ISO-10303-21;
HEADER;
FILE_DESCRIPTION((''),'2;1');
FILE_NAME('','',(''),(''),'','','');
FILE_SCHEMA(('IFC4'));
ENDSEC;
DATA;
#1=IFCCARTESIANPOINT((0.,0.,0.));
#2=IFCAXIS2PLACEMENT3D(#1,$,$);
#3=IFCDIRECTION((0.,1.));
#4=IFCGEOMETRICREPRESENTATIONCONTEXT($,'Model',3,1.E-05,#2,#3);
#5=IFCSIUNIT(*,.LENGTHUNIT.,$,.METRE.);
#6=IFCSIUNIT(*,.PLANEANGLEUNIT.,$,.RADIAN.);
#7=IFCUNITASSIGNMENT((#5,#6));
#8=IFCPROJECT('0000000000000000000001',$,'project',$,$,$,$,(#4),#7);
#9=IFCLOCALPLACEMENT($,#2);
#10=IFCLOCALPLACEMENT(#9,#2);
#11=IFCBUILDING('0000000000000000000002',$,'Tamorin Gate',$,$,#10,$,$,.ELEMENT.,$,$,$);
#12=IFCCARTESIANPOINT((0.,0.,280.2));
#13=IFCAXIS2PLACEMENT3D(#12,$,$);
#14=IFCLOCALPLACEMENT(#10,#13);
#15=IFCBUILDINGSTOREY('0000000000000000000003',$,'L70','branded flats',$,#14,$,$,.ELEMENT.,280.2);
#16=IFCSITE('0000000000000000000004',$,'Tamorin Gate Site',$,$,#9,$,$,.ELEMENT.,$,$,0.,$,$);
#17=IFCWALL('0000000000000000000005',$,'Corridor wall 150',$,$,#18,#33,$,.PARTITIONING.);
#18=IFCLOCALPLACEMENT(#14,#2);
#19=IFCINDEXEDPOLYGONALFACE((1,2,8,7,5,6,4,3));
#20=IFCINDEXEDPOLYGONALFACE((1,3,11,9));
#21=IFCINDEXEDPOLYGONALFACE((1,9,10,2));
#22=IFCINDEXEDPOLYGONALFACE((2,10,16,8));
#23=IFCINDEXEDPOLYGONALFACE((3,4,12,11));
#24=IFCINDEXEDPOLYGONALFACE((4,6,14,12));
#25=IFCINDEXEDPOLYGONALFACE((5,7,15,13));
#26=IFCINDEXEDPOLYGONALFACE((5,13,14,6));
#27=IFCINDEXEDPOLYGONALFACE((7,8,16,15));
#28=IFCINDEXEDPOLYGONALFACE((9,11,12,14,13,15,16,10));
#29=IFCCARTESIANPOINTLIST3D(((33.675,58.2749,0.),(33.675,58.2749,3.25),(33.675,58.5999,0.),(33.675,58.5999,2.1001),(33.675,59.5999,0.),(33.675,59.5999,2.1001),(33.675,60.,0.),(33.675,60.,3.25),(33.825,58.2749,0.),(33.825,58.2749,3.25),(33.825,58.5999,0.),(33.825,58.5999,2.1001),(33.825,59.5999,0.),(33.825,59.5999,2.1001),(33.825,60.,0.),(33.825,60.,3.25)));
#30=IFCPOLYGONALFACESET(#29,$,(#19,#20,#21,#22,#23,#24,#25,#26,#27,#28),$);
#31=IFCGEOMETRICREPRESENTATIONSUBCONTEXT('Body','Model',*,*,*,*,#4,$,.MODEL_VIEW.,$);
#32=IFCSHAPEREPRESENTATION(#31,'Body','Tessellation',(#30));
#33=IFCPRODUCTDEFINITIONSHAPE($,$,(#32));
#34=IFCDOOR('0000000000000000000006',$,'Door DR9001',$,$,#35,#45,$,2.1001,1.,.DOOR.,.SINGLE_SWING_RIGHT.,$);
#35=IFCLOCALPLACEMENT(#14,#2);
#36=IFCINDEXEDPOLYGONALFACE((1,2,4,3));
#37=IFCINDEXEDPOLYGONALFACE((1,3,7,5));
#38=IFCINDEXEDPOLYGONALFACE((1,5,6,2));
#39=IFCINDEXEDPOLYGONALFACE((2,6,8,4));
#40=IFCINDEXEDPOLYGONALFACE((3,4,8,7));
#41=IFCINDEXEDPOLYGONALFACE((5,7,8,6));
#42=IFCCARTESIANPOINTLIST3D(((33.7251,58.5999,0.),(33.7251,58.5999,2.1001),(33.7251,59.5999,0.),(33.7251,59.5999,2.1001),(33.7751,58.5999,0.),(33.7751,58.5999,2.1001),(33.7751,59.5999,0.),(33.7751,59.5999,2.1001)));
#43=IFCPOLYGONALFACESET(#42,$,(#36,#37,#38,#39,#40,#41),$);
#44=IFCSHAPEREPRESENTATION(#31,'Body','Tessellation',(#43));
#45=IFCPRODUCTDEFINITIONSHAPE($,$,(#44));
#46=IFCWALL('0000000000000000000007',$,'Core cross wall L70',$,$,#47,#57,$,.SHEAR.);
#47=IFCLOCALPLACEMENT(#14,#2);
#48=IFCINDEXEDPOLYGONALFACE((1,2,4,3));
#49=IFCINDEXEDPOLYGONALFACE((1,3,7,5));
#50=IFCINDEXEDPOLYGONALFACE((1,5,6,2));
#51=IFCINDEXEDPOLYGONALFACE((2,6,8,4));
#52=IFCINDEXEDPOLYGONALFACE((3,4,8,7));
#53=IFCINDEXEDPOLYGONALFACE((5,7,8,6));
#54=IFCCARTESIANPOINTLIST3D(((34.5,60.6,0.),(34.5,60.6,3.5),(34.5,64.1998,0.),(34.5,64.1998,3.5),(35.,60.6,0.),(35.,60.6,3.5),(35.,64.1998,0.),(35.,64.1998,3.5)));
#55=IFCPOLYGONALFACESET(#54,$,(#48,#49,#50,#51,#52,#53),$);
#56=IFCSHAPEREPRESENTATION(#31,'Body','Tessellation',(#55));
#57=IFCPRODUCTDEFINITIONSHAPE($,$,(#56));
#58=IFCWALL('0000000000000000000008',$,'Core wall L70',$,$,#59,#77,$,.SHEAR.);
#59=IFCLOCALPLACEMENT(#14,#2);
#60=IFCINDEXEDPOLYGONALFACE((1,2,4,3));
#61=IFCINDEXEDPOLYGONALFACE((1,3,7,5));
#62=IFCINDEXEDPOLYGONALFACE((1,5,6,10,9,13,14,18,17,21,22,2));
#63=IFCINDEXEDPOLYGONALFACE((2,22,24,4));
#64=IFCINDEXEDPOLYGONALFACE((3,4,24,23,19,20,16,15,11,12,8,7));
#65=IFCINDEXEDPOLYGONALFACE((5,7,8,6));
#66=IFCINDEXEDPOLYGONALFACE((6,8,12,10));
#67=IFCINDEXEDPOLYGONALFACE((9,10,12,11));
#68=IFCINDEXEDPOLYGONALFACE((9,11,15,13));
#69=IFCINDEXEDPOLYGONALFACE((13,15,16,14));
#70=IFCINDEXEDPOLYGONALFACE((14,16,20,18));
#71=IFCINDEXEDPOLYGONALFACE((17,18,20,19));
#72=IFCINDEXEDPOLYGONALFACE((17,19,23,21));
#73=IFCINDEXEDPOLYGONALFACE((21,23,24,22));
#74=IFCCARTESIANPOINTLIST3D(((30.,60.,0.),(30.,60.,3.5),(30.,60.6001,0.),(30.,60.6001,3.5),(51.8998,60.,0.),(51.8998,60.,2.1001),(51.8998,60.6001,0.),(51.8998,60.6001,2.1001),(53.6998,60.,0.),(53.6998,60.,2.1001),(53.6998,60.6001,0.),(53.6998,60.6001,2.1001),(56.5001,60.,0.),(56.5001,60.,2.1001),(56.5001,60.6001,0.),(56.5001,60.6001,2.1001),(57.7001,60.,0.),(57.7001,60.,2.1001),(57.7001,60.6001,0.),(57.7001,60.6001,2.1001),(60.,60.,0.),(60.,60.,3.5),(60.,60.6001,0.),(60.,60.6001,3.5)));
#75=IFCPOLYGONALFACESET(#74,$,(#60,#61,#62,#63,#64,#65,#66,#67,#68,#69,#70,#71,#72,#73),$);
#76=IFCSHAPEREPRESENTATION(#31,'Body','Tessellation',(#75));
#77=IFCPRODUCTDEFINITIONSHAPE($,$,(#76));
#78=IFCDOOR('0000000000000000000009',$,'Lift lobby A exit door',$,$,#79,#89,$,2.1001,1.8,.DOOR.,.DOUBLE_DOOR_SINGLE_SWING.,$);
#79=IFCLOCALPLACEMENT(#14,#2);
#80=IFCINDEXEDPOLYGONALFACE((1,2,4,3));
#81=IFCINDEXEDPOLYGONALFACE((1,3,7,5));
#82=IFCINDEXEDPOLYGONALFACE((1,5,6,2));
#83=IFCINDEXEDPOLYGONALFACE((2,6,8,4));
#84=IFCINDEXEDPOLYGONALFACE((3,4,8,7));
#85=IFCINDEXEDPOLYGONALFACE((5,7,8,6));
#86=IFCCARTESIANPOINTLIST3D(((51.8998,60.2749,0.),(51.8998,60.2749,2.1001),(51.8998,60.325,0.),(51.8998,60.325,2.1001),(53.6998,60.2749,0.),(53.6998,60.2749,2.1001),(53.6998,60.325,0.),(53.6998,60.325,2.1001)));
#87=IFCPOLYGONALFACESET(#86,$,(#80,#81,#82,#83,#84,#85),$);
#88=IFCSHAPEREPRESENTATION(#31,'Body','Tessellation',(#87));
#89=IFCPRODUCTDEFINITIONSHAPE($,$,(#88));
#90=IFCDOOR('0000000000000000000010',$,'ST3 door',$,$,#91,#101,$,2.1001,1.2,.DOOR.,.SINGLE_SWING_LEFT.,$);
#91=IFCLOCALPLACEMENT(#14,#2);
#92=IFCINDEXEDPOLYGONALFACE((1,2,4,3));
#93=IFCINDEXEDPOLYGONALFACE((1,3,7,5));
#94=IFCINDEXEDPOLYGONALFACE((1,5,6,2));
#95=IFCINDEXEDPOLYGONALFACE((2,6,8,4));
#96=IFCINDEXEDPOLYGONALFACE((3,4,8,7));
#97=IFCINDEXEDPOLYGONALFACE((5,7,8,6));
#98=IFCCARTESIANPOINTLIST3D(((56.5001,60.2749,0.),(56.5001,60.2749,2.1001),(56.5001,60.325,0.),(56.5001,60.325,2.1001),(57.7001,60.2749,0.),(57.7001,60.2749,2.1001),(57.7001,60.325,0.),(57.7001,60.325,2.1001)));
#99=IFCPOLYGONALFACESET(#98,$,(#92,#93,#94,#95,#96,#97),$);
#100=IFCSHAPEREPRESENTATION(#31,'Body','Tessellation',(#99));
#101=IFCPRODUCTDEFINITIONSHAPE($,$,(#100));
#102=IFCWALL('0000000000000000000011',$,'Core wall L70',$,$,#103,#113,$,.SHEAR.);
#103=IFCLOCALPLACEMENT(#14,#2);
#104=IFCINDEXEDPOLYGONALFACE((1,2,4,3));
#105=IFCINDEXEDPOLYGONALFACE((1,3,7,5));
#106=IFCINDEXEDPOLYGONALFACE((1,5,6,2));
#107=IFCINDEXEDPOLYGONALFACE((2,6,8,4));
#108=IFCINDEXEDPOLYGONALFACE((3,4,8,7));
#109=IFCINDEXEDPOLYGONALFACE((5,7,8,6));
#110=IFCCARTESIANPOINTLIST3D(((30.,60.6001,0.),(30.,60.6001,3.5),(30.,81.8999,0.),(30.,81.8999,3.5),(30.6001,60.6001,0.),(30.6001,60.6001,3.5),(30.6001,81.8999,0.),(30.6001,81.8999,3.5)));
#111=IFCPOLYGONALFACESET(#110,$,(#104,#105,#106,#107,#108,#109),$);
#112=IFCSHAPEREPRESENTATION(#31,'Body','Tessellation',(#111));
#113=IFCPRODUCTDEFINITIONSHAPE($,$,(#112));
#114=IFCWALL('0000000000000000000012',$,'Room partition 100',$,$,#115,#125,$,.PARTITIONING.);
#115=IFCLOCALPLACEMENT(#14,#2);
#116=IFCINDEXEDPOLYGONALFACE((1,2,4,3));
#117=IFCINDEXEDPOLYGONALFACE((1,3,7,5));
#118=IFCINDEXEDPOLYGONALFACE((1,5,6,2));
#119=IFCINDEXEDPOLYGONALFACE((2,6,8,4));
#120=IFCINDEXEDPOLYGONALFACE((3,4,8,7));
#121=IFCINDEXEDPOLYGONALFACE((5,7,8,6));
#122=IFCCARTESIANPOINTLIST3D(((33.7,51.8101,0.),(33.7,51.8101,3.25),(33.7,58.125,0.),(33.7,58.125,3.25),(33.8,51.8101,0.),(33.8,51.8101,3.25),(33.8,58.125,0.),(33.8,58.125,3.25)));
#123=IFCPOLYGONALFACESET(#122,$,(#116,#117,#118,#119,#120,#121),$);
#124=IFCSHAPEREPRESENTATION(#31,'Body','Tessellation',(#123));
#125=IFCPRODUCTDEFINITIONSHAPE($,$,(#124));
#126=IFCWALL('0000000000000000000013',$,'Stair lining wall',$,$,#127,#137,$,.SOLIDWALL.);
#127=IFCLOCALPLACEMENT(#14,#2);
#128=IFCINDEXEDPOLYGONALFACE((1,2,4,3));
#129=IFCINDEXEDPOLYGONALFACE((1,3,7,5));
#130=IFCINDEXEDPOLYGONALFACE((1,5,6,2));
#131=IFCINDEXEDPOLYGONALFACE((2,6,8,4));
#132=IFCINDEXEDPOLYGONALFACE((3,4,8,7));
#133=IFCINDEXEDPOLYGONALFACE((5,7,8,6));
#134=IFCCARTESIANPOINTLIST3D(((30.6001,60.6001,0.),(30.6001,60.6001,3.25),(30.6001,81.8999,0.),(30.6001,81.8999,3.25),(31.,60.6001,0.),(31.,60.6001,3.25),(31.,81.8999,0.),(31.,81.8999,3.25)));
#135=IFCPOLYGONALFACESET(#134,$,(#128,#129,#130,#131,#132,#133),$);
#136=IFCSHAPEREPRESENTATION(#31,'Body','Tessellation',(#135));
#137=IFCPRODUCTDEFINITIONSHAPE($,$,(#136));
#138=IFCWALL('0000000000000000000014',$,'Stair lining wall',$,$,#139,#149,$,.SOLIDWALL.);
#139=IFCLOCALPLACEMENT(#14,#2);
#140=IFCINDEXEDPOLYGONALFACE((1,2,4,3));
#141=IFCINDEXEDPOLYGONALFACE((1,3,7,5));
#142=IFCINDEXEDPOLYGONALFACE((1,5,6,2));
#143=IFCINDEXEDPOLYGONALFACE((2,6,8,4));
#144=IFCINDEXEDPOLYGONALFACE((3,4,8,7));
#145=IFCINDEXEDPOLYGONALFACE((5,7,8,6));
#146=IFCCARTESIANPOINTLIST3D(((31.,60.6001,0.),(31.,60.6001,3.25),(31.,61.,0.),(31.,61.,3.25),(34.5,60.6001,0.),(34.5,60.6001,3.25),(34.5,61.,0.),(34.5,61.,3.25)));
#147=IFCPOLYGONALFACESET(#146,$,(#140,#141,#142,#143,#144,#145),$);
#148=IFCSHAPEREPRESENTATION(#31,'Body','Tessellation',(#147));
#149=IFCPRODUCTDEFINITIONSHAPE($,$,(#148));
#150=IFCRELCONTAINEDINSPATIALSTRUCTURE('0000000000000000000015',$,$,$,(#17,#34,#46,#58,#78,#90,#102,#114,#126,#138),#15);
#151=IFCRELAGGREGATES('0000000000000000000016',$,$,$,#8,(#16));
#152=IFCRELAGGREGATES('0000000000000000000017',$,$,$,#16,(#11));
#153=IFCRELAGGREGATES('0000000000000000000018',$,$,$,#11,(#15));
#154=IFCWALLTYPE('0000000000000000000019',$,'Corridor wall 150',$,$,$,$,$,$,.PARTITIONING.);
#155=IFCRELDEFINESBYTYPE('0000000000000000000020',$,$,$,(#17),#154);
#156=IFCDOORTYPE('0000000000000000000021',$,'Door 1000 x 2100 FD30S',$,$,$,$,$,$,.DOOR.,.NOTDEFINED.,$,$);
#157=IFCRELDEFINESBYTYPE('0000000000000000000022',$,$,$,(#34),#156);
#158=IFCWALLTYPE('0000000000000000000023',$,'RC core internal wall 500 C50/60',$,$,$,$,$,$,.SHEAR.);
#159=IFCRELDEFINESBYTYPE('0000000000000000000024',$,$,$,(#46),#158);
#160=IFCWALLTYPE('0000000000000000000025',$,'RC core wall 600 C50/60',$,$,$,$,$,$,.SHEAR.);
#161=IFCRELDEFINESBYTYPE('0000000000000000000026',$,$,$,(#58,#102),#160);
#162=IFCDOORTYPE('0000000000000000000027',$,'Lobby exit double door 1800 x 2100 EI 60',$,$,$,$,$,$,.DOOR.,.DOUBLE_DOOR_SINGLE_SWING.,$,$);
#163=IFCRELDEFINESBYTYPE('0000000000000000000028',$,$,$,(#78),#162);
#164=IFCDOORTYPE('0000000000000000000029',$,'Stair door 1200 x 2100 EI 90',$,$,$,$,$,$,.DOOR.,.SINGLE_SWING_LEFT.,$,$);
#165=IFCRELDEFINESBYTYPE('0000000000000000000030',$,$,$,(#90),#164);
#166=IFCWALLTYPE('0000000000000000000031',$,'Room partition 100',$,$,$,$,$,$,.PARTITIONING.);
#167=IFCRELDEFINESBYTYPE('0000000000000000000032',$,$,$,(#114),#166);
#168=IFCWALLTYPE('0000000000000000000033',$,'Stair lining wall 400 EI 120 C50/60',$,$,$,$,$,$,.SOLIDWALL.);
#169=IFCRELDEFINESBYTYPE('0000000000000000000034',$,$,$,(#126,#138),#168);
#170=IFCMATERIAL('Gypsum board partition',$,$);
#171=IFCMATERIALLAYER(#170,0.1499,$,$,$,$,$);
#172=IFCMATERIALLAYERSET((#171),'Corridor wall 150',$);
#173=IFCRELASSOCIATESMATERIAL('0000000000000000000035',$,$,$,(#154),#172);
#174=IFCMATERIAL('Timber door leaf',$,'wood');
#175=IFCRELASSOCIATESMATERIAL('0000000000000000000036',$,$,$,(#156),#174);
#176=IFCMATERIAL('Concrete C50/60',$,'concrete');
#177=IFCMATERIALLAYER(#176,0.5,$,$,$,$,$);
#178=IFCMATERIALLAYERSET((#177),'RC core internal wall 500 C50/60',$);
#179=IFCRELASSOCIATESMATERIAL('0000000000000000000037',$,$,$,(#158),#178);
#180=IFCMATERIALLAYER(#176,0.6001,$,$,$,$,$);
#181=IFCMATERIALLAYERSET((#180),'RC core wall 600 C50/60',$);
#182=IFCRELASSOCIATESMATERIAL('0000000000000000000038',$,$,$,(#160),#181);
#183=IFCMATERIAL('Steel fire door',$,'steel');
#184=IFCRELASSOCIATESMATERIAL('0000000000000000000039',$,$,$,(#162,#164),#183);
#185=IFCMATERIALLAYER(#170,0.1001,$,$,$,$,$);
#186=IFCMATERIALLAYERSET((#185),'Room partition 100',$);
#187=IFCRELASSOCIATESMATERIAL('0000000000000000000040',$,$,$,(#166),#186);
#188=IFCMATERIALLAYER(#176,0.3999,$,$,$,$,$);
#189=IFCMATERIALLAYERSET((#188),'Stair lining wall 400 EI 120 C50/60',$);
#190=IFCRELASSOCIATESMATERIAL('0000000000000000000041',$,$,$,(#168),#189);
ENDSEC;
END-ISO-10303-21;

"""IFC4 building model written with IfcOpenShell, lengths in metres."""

from ifc_helpers import new_model, si_unit, direction, frame, frame_2d, origin, place, context, subcontext, project, spatial, rectangle, extrude, material, layer, layer_set, type_object, element, fill, save


model = new_model("IFC4")

# Units and contexts
model_context = context("Model", 3, precision=1e-05, world=origin(), true_north=direction((0.0, 1.0)))
body_context = subcontext(model_context, "Body", "Model", "MODEL_VIEW")
ifc_project = project(units=[si_unit("LENGTHUNIT", "METRE"), si_unit("PLANEANGLEUNIT", "RADIAN")], contexts=[model_context])

# Site, building, storey
site_placement = place(None, origin())
site = spatial("IfcSite", under=ifc_project, at=site_placement, Name="Tamorin Gate Site", CompositionType="ELEMENT", RefElevation=0.0)
building_placement = place(site_placement, origin())
building = spatial("IfcBuilding", under=site, at=building_placement, Name="Tamorin Gate", CompositionType="ELEMENT")
storey_placement = place(building_placement, frame((0.0, 0.0, 280.2)))
storey = spatial("IfcBuildingStorey", under=building, at=storey_placement, Name="L70", Description="branded flats", CompositionType="ELEMENT", Elevation=280.2)

# Shared definitions
ifc_material_1 = material(Name="Concrete C50/60", Category="concrete")

# Shared definitions
ifc_material_2 = material(Name="Gypsum board partition")
ifc_layer_1 = layer(ifc_material_2, 0.1499)
ifc_layer_set_1 = layer_set([ifc_layer_1], Name="Corridor wall 150")
wall_type_1 = type_object("IfcWallType", Name="Corridor wall 150", PredefinedType="PARTITIONING", material=ifc_layer_set_1)
ifc_material_3 = material(Name="Timber door leaf", Category="wood")
door_type_1 = type_object("IfcDoorType", Name="Door 1000 x 2100 FD30S", OperationType="NOTDEFINED", PredefinedType="DOOR", material=ifc_material_3)

# Wall, opening, door
wall_1_placement = place(storey_placement, frame((33.75, 58.2749, 0.0), z_axis=(0.0, 0.0, 1.0), x_axis=(0.0, 1.0, 0.0)))
wall_1 = element("IfcWall", 1, at=wall_1_placement, inside=storey, type_object=wall_type_1, Name="Corridor wall 150", PredefinedType="PARTITIONING", context=body_context, shape_type="SweptSolid", body=[
    extrude(rectangle(XDim=1.7251, YDim=0.1499, at=frame_2d((0.8625, 0.0))), origin(), (0.0, 0.0, 1.0), 3.25),
])
opening_1_placement = place(wall_1_placement, frame((0.325, 0.0, 0.0)))
opening_1 = element("IfcOpeningElement", 2, at=opening_1_placement, cuts=wall_1, PredefinedType="OPENING", context=body_context, shape_type="SweptSolid", body=[
    extrude(rectangle(XDim=1.0, YDim=2.1001, at=frame_2d((0.5, 1.05))), frame((0.0, 0.085, 0.0), z_axis=(0.0, -1.0, 0.0), x_axis=(1.0, 0.0, 0.0)), (0.0, 0.0, 1.0), 0.1699),
])
door_1_placement = place(opening_1_placement, origin())
door_1 = element("IfcDoor", 3, at=door_1_placement, inside=storey, type_object=door_type_1, Name="Door DR9001", OperationType="SINGLE_SWING_RIGHT", OverallHeight=2.1001, OverallWidth=1.0, PredefinedType="DOOR", context=body_context, shape_type="SweptSolid", body=[
    extrude(rectangle(XDim=1.0, YDim=2.1001, at=frame_2d((0.5, 1.05))), frame((0.0, 0.0249, 0.0), z_axis=(0.0, -1.0, 0.0), x_axis=(1.0, 0.0, 0.0)), (0.0, 0.0, 1.0), 0.05),
])
fill(opening_1, door_1)

# Wall
ifc_layer_2 = layer(ifc_material_1, 0.5)
ifc_layer_set_2 = layer_set([ifc_layer_2], Name="RC core internal wall 500 C50/60")
wall_type_2 = type_object("IfcWallType", Name="RC core internal wall 500 C50/60", PredefinedType="SHEAR", material=ifc_layer_set_2)
wall_2_placement = place(storey_placement, frame((34.75, 60.6001, 0.0), z_axis=(0.0, 0.0, 1.0), x_axis=(0.0, 1.0, 0.0)))
element("IfcWall", 4, at=wall_2_placement, inside=storey, type_object=wall_type_2, Name="Core cross wall L70", PredefinedType="SHEAR", context=body_context, shape_type="SweptSolid", body=[
    extrude(rectangle(XDim=3.5999, YDim=0.5, at=frame_2d((1.7998, 0.0))), origin(), (0.0, 0.0, 1.0), 3.5),
])

# Wall, openings, doors
ifc_layer_3 = layer(ifc_material_1, 0.6001)
ifc_layer_set_3 = layer_set([ifc_layer_3], Name="RC core wall 600 C50/60")
wall_type_3 = type_object("IfcWallType", Name="RC core wall 600 C50/60", PredefinedType="SHEAR", material=ifc_layer_set_3)
wall_3_placement = place(storey_placement, frame((30.0, 60.3, 0.0), z_axis=(0.0, 0.0, 1.0), x_axis=(1.0, 0.0, 0.0)))
wall_3 = element("IfcWall", 5, at=wall_3_placement, inside=storey, type_object=wall_type_3, Name="Core wall L70", PredefinedType="SHEAR", context=body_context, shape_type="SweptSolid", body=[
    extrude(rectangle(XDim=30.0, YDim=0.6001, at=frame_2d((15.0, 0.0))), origin(), (0.0, 0.0, 1.0), 3.5),
])
opening_2_placement = place(wall_3_placement, frame((21.8999, 0.0, 0.0)))
opening_2 = element("IfcOpeningElement", 6, at=opening_2_placement, cuts=wall_3, PredefinedType="OPENING", context=body_context, shape_type="SweptSolid", body=[
    extrude(rectangle(XDim=1.8, YDim=2.1001, at=frame_2d((0.8999, 1.05))), frame((0.0, 0.3101, 0.0), z_axis=(0.0, -1.0, 0.0), x_axis=(1.0, 0.0, 0.0)), (0.0, 0.0, 1.0), 0.6201),
])
opening_3_placement = place(wall_3_placement, frame((26.5, 0.0, 0.0)))
opening_3 = element("IfcOpeningElement", 7, at=opening_3_placement, cuts=wall_3, PredefinedType="OPENING", context=body_context, shape_type="SweptSolid", body=[
    extrude(rectangle(XDim=1.2, YDim=2.1001, at=frame_2d((0.6001, 1.05))), frame((0.0, 0.3101, 0.0), z_axis=(0.0, -1.0, 0.0), x_axis=(1.0, 0.0, 0.0)), (0.0, 0.0, 1.0), 0.6201),
])
ifc_material_4 = material(Name="Steel fire door", Category="steel")
door_type_2 = type_object("IfcDoorType", Name="Lobby exit double door 1800 x 2100 EI 60", OperationType="DOUBLE_DOOR_SINGLE_SWING", PredefinedType="DOOR", material=ifc_material_4)
door_2_placement = place(opening_2_placement, origin())
door_2 = element("IfcDoor", 8, at=door_2_placement, inside=storey, type_object=door_type_2, Name="Lift lobby A exit door", OperationType="DOUBLE_DOOR_SINGLE_SWING", OverallHeight=2.1001, OverallWidth=1.8, PredefinedType="DOOR", context=body_context, shape_type="SweptSolid", body=[
    extrude(rectangle(XDim=1.8, YDim=2.1001, at=frame_2d((0.8999, 1.05))), frame((0.0, 0.0249, 0.0), z_axis=(0.0, -1.0, 0.0), x_axis=(1.0, 0.0, 0.0)), (0.0, 0.0, 1.0), 0.05),
])
fill(opening_2, door_2)
door_type_3 = type_object("IfcDoorType", Name="Stair door 1200 x 2100 EI 90", OperationType="SINGLE_SWING_LEFT", PredefinedType="DOOR", material=ifc_material_4)
door_3_placement = place(opening_3_placement, origin())
door_3 = element("IfcDoor", 9, at=door_3_placement, inside=storey, type_object=door_type_3, Name="ST3 door", OperationType="SINGLE_SWING_LEFT", OverallHeight=2.1001, OverallWidth=1.2, PredefinedType="DOOR", context=body_context, shape_type="SweptSolid", body=[
    extrude(rectangle(XDim=1.2, YDim=2.1001, at=frame_2d((0.6001, 1.05))), frame((0.0, 0.0249, 0.0), z_axis=(0.0, -1.0, 0.0), x_axis=(1.0, 0.0, 0.0)), (0.0, 0.0, 1.0), 0.05),
])
fill(opening_3, door_3)

# Walls
wall_4_placement = place(storey_placement, frame((30.3, 60.6001, 0.0), z_axis=(0.0, 0.0, 1.0), x_axis=(0.0, 1.0, 0.0)))
element("IfcWall", 10, at=wall_4_placement, inside=storey, type_object=wall_type_3, Name="Core wall L70", PredefinedType="SHEAR", context=body_context, shape_type="SweptSolid", body=[
    extrude(rectangle(XDim=21.2998, YDim=0.6001, at=frame_2d((10.6499, 0.0))), origin(), (0.0, 0.0, 1.0), 3.5),
])
ifc_layer_4 = layer(ifc_material_2, 0.1001)
ifc_layer_set_4 = layer_set([ifc_layer_4], Name="Room partition 100")
wall_type_4 = type_object("IfcWallType", Name="Room partition 100", PredefinedType="PARTITIONING", material=ifc_layer_set_4)
wall_5_placement = place(storey_placement, frame((33.75, 51.8101, 0.0), z_axis=(0.0, 0.0, 1.0), x_axis=(0.0, 1.0, 0.0)))
element("IfcWall", 11, at=wall_5_placement, inside=storey, type_object=wall_type_4, Name="Room partition 100", PredefinedType="PARTITIONING", context=body_context, shape_type="SweptSolid", body=[
    extrude(rectangle(XDim=6.3149, YDim=0.1001, at=frame_2d((3.1575, 0.0))), origin(), (0.0, 0.0, 1.0), 3.25),
])
ifc_layer_5 = layer(ifc_material_1, 0.3999)
ifc_layer_set_5 = layer_set([ifc_layer_5], Name="Stair lining wall 400 EI 120 C50/60")
wall_type_5 = type_object("IfcWallType", Name="Stair lining wall 400 EI 120 C50/60", PredefinedType="SOLIDWALL", material=ifc_layer_set_5)
wall_6_placement = place(storey_placement, frame((30.8, 60.6001, 0.0), z_axis=(0.0, 0.0, 1.0), x_axis=(0.0, 1.0, 0.0)))
element("IfcWall", 12, at=wall_6_placement, inside=storey, type_object=wall_type_5, Name="Stair lining wall", PredefinedType="SOLIDWALL", context=body_context, shape_type="SweptSolid", body=[
    extrude(rectangle(XDim=21.2998, YDim=0.3999, at=frame_2d((10.6499, 0.0))), origin(), (0.0, 0.0, 1.0), 3.25),
])
wall_7_placement = place(storey_placement, frame((31.0, 60.8, 0.0), z_axis=(0.0, 0.0, 1.0), x_axis=(1.0, 0.0, 0.0)))
element("IfcWall", 13, at=wall_7_placement, inside=storey, type_object=wall_type_5, Name="Stair lining wall", PredefinedType="SOLIDWALL", context=body_context, shape_type="SweptSolid", body=[
    extrude(rectangle(XDim=3.5, YDim=0.3999, at=frame_2d((1.75, 0.0))), origin(), (0.0, 0.0, 1.0), 3.25),
])

save(model, "model.ifc")
